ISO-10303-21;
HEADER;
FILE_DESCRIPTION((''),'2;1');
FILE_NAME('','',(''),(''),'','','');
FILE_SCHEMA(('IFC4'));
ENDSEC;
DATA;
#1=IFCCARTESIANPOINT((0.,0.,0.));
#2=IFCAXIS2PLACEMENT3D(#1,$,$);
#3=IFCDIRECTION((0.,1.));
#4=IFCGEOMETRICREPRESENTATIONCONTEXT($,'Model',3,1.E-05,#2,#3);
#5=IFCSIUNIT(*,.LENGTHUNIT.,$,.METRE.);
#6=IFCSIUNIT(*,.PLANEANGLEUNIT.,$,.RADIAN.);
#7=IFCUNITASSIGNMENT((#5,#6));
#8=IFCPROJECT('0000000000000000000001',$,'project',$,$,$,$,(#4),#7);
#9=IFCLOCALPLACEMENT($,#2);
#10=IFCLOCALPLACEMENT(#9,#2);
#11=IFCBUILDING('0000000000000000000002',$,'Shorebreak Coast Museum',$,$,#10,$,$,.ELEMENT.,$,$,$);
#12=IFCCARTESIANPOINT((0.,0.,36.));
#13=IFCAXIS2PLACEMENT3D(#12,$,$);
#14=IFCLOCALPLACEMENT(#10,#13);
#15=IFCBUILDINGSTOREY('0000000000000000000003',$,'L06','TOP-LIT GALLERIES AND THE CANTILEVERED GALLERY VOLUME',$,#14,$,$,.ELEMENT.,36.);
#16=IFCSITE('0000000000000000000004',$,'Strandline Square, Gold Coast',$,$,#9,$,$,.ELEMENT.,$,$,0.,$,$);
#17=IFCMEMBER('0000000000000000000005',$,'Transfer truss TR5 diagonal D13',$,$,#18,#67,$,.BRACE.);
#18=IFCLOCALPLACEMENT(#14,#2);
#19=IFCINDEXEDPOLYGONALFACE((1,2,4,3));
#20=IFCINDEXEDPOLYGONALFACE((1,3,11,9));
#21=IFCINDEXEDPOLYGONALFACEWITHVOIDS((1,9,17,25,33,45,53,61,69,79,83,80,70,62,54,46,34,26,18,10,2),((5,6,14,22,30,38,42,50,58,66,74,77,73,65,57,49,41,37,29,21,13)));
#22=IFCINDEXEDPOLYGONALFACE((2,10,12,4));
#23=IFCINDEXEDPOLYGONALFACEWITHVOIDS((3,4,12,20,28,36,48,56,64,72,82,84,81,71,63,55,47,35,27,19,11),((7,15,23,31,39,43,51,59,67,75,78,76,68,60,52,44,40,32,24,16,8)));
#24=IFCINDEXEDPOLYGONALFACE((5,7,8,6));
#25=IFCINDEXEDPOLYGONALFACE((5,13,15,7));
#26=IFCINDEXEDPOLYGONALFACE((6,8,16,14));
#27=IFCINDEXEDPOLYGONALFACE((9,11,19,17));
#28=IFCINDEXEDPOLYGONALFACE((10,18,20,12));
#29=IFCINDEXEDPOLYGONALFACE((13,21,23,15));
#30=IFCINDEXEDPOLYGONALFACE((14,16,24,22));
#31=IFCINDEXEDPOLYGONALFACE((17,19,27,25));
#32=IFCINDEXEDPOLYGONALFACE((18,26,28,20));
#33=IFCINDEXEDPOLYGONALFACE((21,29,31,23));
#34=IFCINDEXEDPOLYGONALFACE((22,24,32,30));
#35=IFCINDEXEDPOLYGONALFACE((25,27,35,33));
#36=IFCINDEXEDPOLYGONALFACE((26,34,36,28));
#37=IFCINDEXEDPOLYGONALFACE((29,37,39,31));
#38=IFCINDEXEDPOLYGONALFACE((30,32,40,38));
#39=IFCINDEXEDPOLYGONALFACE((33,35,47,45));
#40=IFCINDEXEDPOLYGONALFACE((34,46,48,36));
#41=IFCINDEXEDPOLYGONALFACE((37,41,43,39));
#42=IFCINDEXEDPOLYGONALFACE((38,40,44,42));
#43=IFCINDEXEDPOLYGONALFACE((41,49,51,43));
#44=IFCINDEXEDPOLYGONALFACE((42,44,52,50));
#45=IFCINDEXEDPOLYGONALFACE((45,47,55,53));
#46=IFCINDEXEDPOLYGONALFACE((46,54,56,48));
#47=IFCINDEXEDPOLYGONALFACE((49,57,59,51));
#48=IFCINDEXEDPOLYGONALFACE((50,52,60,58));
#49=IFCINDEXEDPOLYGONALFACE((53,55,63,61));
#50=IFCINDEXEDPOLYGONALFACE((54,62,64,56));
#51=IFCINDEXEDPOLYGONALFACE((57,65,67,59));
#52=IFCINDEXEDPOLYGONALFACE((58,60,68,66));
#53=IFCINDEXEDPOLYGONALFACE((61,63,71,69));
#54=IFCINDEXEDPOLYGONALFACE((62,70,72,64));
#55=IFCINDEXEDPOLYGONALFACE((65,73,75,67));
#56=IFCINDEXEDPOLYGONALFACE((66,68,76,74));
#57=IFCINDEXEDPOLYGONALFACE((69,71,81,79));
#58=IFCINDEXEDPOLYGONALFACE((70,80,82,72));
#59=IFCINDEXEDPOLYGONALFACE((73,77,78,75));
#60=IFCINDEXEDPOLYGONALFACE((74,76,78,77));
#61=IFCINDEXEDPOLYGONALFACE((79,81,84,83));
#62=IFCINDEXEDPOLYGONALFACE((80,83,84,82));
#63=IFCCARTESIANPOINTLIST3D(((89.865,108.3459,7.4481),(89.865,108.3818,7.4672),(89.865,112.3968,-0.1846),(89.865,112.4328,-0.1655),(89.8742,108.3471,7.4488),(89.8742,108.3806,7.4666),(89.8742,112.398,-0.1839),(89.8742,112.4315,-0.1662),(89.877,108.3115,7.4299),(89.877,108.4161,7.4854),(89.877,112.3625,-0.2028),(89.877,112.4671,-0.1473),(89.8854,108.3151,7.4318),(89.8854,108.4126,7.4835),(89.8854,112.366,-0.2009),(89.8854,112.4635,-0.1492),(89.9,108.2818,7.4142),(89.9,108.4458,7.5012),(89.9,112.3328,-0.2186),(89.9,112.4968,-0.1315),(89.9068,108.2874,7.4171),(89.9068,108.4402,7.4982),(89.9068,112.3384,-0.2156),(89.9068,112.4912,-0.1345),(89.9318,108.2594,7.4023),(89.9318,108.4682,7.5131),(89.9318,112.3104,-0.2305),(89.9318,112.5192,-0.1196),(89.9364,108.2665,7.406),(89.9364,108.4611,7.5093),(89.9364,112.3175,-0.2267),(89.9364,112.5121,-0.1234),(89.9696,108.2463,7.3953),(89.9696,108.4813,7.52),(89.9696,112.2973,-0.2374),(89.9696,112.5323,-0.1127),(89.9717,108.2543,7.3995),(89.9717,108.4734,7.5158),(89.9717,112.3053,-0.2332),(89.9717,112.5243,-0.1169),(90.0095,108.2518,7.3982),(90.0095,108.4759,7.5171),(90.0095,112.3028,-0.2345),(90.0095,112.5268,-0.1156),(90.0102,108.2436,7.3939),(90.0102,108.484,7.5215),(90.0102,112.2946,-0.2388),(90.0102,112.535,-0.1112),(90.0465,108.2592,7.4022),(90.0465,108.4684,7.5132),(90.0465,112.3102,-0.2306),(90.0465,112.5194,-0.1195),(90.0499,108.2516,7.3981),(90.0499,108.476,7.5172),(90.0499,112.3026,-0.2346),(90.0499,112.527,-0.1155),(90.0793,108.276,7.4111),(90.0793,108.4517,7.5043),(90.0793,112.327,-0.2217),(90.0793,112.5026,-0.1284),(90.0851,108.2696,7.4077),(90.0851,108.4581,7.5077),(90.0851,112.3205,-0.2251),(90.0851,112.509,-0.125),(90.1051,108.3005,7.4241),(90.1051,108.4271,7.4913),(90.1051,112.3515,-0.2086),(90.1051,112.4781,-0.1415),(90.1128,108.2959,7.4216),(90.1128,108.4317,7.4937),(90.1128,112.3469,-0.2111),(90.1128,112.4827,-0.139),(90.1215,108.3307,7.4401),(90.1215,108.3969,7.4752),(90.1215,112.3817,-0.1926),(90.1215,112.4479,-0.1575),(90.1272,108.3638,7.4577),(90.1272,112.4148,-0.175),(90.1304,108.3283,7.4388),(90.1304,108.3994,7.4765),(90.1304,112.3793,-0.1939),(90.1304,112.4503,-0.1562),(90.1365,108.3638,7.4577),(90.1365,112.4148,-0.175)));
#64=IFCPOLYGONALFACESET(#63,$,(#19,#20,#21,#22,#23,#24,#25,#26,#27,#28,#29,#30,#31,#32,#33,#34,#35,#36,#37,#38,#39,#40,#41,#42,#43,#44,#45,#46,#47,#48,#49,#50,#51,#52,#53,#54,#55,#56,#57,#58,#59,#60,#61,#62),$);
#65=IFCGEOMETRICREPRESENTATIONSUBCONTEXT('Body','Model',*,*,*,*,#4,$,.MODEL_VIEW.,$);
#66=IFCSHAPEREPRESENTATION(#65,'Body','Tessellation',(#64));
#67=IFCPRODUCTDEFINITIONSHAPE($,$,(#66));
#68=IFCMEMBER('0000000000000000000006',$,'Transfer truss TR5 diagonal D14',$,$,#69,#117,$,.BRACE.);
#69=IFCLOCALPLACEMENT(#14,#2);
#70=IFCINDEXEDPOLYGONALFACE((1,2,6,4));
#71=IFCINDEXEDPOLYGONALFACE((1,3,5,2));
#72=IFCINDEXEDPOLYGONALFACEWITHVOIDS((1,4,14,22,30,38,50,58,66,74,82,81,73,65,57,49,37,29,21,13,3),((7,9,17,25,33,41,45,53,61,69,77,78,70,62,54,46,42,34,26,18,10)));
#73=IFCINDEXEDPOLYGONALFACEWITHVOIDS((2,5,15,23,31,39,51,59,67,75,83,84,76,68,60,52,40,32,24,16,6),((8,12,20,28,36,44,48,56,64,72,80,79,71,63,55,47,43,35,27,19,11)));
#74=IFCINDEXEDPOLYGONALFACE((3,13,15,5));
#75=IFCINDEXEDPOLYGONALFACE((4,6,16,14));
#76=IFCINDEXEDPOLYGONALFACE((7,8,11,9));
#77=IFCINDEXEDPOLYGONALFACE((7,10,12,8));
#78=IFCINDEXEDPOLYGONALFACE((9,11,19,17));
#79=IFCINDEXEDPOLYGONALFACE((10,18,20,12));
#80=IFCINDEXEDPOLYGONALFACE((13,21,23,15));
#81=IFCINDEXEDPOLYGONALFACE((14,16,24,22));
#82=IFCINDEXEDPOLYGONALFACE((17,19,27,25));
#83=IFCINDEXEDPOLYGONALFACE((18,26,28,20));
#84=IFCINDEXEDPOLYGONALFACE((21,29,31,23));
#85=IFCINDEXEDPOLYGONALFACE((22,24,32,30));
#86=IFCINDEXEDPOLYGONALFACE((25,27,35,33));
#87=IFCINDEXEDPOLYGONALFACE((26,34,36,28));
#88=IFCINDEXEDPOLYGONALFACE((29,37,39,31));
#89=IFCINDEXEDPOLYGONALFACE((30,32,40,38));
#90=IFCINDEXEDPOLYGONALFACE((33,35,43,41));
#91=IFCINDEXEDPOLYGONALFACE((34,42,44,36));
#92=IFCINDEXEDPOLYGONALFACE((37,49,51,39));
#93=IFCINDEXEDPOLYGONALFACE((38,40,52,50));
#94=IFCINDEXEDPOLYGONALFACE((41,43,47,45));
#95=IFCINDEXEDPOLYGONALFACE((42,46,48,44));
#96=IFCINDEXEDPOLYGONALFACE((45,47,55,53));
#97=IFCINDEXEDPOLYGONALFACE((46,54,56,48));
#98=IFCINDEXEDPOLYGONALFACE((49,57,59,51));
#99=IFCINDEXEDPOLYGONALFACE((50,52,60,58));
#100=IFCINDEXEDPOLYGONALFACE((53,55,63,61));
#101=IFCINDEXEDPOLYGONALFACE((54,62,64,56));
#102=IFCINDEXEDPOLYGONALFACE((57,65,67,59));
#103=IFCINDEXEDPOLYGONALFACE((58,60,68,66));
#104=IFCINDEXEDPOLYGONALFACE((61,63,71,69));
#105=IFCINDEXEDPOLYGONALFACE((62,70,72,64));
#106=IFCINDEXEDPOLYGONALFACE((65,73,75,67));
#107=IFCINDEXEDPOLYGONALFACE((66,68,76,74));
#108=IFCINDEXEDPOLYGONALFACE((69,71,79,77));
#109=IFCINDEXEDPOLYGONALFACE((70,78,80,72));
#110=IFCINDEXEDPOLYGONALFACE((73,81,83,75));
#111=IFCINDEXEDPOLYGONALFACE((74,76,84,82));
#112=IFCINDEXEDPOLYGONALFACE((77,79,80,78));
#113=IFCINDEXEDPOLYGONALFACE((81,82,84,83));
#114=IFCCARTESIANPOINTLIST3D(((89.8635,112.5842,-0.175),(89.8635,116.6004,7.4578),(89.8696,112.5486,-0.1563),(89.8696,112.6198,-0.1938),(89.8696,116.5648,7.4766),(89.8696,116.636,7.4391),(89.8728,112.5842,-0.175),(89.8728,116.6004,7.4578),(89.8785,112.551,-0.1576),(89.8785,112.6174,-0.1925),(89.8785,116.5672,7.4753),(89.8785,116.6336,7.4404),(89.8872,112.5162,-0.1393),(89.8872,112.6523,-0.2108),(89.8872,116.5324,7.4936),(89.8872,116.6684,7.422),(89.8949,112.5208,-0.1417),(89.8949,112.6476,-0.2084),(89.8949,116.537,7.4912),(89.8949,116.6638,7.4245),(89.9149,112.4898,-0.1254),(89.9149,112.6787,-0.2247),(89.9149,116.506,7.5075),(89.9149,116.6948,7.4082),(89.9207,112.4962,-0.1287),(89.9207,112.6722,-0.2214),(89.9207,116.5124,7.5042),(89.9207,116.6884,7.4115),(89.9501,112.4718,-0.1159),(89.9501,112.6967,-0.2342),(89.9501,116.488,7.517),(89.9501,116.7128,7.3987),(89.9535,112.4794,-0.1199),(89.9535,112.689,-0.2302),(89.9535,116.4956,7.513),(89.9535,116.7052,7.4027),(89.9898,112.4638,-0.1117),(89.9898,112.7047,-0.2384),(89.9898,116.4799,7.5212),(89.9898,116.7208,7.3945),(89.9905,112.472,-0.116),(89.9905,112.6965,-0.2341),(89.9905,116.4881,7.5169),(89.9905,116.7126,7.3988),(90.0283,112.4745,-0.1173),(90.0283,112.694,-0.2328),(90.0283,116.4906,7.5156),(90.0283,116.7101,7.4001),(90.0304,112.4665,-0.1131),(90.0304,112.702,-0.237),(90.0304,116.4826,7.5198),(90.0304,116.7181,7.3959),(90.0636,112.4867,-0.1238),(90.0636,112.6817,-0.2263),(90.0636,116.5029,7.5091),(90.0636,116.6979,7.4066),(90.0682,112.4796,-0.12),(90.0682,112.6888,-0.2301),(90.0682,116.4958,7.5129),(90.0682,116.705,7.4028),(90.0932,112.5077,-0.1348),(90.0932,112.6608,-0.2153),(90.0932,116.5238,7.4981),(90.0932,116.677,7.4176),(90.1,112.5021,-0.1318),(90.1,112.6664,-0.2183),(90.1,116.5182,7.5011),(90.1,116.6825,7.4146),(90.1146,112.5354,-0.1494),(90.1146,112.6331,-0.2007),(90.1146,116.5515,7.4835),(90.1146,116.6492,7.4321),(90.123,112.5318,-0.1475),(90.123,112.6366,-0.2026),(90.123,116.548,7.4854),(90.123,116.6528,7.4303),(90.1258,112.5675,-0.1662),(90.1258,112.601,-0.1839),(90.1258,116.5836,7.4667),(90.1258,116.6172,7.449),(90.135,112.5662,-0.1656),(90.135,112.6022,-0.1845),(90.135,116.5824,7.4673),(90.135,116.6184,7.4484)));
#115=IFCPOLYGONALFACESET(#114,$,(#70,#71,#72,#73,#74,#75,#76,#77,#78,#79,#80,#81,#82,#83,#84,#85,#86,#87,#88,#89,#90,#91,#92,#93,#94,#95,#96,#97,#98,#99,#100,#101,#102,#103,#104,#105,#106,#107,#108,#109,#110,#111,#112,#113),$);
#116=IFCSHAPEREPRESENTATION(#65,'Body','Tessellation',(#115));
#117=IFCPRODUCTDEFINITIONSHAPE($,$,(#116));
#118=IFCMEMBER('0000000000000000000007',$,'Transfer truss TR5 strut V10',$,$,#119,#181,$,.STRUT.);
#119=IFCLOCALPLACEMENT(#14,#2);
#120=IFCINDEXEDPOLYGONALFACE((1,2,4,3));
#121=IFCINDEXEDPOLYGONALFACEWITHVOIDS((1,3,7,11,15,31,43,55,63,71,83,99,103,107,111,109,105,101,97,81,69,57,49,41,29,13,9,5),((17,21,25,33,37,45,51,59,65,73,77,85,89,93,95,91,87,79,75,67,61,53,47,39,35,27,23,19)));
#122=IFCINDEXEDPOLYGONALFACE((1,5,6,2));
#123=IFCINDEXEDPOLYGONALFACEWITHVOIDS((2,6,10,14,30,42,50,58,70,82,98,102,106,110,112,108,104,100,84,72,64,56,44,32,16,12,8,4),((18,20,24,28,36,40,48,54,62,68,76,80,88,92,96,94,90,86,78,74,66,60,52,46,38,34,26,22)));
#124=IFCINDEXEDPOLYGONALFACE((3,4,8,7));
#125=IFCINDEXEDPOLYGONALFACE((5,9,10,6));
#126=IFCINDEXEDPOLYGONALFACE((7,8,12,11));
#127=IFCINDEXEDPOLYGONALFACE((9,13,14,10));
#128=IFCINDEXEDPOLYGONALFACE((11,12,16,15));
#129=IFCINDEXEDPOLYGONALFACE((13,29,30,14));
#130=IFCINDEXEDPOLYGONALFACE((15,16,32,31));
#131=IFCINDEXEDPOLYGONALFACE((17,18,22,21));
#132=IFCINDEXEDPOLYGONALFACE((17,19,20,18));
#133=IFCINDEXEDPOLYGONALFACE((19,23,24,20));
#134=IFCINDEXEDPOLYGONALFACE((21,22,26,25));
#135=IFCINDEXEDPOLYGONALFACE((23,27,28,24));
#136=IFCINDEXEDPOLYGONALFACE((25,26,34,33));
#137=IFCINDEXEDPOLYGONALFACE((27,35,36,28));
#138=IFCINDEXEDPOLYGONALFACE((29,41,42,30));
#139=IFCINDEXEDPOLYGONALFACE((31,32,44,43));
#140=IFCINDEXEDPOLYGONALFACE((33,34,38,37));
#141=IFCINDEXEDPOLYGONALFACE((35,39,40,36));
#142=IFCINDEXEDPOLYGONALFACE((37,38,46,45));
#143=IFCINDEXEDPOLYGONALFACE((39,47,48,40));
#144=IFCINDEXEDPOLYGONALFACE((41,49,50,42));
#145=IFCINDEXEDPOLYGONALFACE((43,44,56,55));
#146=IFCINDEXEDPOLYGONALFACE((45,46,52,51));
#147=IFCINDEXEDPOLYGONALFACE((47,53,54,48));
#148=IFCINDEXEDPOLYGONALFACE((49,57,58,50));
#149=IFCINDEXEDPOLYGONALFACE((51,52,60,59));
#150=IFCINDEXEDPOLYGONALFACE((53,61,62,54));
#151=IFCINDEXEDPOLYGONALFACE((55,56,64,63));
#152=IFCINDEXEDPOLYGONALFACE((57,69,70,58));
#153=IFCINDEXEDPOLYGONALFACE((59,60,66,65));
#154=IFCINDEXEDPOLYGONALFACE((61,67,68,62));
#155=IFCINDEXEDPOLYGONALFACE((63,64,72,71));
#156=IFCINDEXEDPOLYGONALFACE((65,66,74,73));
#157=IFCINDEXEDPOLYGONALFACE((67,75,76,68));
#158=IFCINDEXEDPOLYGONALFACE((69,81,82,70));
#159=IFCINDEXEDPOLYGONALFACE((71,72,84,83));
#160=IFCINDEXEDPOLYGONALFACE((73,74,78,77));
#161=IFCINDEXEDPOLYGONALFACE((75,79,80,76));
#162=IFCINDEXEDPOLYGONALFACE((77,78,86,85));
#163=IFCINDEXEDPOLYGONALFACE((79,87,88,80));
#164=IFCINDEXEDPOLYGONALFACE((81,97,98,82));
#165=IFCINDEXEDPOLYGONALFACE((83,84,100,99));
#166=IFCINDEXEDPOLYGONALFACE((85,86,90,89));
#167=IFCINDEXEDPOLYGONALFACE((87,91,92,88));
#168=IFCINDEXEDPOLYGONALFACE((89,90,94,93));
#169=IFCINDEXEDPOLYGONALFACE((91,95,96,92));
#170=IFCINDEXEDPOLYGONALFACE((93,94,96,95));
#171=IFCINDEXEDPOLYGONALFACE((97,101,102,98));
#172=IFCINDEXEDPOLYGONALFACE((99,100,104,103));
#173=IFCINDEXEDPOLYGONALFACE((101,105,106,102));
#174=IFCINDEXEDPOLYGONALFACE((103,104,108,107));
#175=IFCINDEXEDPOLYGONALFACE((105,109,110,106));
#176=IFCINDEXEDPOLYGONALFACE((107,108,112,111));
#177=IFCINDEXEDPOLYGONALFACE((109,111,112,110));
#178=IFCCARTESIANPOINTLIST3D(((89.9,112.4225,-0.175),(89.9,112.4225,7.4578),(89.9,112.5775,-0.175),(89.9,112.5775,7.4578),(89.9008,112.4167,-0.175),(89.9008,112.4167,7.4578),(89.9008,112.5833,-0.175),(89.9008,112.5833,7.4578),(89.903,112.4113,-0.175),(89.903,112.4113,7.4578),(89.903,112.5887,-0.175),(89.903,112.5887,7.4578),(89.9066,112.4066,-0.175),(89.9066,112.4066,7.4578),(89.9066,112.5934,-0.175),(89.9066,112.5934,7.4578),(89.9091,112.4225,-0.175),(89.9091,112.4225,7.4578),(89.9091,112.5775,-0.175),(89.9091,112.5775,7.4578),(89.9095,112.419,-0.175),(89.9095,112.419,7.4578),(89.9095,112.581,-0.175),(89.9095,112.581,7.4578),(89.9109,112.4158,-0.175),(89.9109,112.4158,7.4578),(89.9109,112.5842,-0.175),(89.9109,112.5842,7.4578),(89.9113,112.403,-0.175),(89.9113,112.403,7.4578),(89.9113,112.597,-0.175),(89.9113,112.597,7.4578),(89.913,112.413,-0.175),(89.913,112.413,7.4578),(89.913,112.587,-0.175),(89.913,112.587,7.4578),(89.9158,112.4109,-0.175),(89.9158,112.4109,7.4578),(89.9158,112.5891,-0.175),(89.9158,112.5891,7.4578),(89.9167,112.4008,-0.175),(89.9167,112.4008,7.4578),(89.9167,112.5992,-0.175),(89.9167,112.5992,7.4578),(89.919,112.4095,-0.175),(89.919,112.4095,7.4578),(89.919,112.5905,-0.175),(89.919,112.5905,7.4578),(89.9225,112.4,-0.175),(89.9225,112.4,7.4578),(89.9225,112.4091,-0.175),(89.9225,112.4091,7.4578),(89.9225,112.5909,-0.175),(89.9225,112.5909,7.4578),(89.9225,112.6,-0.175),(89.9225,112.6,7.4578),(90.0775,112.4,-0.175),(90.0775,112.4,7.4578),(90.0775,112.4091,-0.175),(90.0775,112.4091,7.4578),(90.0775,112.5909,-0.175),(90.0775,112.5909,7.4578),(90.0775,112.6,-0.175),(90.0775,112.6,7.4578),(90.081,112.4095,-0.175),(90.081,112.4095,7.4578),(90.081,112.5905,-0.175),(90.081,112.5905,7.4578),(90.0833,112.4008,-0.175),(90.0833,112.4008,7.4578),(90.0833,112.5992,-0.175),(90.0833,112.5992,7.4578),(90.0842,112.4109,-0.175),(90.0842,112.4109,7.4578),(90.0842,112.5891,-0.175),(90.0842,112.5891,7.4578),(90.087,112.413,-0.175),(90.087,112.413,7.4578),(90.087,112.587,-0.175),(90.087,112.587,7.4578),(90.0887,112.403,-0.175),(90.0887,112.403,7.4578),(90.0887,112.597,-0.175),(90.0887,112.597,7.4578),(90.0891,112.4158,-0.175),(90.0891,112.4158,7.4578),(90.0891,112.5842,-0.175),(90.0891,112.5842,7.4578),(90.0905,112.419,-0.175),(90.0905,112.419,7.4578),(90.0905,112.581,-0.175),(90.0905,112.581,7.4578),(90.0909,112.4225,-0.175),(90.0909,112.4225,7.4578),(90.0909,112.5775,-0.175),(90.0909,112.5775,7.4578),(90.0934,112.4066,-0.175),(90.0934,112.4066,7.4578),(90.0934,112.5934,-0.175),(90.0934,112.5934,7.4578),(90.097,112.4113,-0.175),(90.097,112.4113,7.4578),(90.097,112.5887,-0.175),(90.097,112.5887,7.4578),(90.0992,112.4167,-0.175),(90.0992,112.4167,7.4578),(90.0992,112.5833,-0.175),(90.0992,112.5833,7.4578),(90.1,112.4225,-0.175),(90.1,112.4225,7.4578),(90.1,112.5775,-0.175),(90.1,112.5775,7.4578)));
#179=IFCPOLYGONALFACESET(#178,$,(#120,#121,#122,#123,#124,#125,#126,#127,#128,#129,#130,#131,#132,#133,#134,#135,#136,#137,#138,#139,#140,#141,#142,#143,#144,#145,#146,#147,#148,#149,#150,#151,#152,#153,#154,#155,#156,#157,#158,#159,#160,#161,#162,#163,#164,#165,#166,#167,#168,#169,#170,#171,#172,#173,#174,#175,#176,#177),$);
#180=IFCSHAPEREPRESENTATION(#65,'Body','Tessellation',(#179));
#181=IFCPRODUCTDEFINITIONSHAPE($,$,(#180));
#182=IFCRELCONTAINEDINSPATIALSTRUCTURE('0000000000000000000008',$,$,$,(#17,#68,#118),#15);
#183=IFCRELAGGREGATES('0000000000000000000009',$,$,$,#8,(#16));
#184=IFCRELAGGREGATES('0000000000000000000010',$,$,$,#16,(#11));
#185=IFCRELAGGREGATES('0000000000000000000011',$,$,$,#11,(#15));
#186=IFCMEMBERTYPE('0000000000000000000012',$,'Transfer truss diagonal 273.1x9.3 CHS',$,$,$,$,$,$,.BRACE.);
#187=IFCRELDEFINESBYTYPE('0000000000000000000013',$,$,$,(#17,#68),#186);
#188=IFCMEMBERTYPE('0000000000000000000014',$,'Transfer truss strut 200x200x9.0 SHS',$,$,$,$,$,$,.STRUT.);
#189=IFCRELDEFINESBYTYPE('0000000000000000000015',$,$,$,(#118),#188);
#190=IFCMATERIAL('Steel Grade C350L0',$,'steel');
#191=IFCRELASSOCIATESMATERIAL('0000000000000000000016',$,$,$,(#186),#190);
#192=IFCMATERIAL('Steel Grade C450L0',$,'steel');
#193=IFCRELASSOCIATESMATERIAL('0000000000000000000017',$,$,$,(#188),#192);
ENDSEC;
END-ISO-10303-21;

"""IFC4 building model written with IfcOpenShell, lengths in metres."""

from ifc_helpers import new_model, si_unit, direction, frame, origin, origin_2d, place, context, subcontext, project, spatial, hollow_rectangle, hollow_circle, extrude, material, material_profile, profile_set, type_object, element, save


model = new_model("IFC4")

# Units and contexts
model_context = context("Model", 3, precision=1e-05, world=origin(), true_north=direction((0.0, 1.0)))
body_context = subcontext(model_context, "Body", "Model", "MODEL_VIEW")
ifc_project = project(units=[si_unit("LENGTHUNIT", "METRE"), si_unit("PLANEANGLEUNIT", "RADIAN")], contexts=[model_context])

# Site, building, storey
site_placement = place(None, origin())
site = spatial("IfcSite", under=ifc_project, at=site_placement, Name="Strandline Square, Gold Coast", CompositionType="ELEMENT", RefElevation=0.0)
building_placement = place(site_placement, origin())
building = spatial("IfcBuilding", under=site, at=building_placement, Name="Shorebreak Coast Museum", CompositionType="ELEMENT")
storey_placement = place(building_placement, frame((0.0, 0.0, 36.0)))
storey = spatial("IfcBuildingStorey", under=building, at=storey_placement, Name="L06", Description="TOP-LIT GALLERIES AND THE CANTILEVERED GALLERY VOLUME", CompositionType="ELEMENT", Elevation=36.0)

# Members
ifc_material_1 = material(Name="Steel Grade C350L0", Category="steel")
ifc_material_profile_1 = material_profile(ifc_material_1, hollow_circle(Radius=0.1365, WallThickness=0.0093, at=origin_2d()), Name="273.1x9.3 CHS")
ifc_profile_set_1 = profile_set([ifc_material_profile_1], Name="Steel Grade C350L0")
member_type_1 = type_object("IfcMemberType", Name="Transfer truss diagonal 273.1x9.3 CHS", PredefinedType="BRACE", material=ifc_profile_set_1)
member_1_placement = place(storey_placement, frame((90.0, 112.4148, -0.175), z_axis=(0.0, -0.468803, 0.883303), x_axis=(1.0, 0.0, 0.0)))
element("IfcMember", 1, at=member_1_placement, inside=storey, type_object=member_type_1, Name="Transfer truss TR5 diagonal D13", PredefinedType="BRACE", context=body_context, shape_type="SweptSolid", body=[
    extrude(hollow_circle(Radius=0.1365, WallThickness=0.0093, at=origin_2d()), origin(), (0.0, 0.0, 1.0), 8.6411),
])
member_2_placement = place(storey_placement, frame((90.0, 112.5842, -0.175), z_axis=(0.0, 0.465641, 0.884973), x_axis=(-1.0, 0.0, 0.0)))
element("IfcMember", 2, at=member_2_placement, inside=storey, type_object=member_type_1, Name="Transfer truss TR5 diagonal D14", PredefinedType="BRACE", context=body_context, shape_type="SweptSolid", body=[
    extrude(hollow_circle(Radius=0.1365, WallThickness=0.0093, at=origin_2d()), origin(), (0.0, 0.0, 1.0), 8.625),
])
ifc_material_2 = material(Name="Steel Grade C450L0", Category="steel")
ifc_material_profile_2 = material_profile(ifc_material_2, hollow_rectangle(XDim=0.2, YDim=0.2, WallThickness=0.009, InnerFilletRadius=0.0134, OuterFilletRadius=0.0225, at=origin_2d()), Name="200x200x9.0 SHS")
ifc_profile_set_2 = profile_set([ifc_material_profile_2], Name="Steel Grade C450L0")
member_type_2 = type_object("IfcMemberType", Name="Transfer truss strut 200x200x9.0 SHS", PredefinedType="STRUT", material=ifc_profile_set_2)
member_3_placement = place(storey_placement, frame((90.0, 112.5, -0.175), z_axis=(0.0, 0.0, 1.0), x_axis=(1.0, 0.0, 0.0)))
element("IfcMember", 3, at=member_3_placement, inside=storey, type_object=member_type_2, Name="Transfer truss TR5 strut V10", PredefinedType="STRUT", context=body_context, shape_type="SweptSolid", body=[
    extrude(hollow_rectangle(XDim=0.2, YDim=0.2, WallThickness=0.009, InnerFilletRadius=0.0134, OuterFilletRadius=0.0225, at=origin_2d()), origin(), (0.0, 0.0, 1.0), 7.6328),
])

save(model, "model.ifc")
